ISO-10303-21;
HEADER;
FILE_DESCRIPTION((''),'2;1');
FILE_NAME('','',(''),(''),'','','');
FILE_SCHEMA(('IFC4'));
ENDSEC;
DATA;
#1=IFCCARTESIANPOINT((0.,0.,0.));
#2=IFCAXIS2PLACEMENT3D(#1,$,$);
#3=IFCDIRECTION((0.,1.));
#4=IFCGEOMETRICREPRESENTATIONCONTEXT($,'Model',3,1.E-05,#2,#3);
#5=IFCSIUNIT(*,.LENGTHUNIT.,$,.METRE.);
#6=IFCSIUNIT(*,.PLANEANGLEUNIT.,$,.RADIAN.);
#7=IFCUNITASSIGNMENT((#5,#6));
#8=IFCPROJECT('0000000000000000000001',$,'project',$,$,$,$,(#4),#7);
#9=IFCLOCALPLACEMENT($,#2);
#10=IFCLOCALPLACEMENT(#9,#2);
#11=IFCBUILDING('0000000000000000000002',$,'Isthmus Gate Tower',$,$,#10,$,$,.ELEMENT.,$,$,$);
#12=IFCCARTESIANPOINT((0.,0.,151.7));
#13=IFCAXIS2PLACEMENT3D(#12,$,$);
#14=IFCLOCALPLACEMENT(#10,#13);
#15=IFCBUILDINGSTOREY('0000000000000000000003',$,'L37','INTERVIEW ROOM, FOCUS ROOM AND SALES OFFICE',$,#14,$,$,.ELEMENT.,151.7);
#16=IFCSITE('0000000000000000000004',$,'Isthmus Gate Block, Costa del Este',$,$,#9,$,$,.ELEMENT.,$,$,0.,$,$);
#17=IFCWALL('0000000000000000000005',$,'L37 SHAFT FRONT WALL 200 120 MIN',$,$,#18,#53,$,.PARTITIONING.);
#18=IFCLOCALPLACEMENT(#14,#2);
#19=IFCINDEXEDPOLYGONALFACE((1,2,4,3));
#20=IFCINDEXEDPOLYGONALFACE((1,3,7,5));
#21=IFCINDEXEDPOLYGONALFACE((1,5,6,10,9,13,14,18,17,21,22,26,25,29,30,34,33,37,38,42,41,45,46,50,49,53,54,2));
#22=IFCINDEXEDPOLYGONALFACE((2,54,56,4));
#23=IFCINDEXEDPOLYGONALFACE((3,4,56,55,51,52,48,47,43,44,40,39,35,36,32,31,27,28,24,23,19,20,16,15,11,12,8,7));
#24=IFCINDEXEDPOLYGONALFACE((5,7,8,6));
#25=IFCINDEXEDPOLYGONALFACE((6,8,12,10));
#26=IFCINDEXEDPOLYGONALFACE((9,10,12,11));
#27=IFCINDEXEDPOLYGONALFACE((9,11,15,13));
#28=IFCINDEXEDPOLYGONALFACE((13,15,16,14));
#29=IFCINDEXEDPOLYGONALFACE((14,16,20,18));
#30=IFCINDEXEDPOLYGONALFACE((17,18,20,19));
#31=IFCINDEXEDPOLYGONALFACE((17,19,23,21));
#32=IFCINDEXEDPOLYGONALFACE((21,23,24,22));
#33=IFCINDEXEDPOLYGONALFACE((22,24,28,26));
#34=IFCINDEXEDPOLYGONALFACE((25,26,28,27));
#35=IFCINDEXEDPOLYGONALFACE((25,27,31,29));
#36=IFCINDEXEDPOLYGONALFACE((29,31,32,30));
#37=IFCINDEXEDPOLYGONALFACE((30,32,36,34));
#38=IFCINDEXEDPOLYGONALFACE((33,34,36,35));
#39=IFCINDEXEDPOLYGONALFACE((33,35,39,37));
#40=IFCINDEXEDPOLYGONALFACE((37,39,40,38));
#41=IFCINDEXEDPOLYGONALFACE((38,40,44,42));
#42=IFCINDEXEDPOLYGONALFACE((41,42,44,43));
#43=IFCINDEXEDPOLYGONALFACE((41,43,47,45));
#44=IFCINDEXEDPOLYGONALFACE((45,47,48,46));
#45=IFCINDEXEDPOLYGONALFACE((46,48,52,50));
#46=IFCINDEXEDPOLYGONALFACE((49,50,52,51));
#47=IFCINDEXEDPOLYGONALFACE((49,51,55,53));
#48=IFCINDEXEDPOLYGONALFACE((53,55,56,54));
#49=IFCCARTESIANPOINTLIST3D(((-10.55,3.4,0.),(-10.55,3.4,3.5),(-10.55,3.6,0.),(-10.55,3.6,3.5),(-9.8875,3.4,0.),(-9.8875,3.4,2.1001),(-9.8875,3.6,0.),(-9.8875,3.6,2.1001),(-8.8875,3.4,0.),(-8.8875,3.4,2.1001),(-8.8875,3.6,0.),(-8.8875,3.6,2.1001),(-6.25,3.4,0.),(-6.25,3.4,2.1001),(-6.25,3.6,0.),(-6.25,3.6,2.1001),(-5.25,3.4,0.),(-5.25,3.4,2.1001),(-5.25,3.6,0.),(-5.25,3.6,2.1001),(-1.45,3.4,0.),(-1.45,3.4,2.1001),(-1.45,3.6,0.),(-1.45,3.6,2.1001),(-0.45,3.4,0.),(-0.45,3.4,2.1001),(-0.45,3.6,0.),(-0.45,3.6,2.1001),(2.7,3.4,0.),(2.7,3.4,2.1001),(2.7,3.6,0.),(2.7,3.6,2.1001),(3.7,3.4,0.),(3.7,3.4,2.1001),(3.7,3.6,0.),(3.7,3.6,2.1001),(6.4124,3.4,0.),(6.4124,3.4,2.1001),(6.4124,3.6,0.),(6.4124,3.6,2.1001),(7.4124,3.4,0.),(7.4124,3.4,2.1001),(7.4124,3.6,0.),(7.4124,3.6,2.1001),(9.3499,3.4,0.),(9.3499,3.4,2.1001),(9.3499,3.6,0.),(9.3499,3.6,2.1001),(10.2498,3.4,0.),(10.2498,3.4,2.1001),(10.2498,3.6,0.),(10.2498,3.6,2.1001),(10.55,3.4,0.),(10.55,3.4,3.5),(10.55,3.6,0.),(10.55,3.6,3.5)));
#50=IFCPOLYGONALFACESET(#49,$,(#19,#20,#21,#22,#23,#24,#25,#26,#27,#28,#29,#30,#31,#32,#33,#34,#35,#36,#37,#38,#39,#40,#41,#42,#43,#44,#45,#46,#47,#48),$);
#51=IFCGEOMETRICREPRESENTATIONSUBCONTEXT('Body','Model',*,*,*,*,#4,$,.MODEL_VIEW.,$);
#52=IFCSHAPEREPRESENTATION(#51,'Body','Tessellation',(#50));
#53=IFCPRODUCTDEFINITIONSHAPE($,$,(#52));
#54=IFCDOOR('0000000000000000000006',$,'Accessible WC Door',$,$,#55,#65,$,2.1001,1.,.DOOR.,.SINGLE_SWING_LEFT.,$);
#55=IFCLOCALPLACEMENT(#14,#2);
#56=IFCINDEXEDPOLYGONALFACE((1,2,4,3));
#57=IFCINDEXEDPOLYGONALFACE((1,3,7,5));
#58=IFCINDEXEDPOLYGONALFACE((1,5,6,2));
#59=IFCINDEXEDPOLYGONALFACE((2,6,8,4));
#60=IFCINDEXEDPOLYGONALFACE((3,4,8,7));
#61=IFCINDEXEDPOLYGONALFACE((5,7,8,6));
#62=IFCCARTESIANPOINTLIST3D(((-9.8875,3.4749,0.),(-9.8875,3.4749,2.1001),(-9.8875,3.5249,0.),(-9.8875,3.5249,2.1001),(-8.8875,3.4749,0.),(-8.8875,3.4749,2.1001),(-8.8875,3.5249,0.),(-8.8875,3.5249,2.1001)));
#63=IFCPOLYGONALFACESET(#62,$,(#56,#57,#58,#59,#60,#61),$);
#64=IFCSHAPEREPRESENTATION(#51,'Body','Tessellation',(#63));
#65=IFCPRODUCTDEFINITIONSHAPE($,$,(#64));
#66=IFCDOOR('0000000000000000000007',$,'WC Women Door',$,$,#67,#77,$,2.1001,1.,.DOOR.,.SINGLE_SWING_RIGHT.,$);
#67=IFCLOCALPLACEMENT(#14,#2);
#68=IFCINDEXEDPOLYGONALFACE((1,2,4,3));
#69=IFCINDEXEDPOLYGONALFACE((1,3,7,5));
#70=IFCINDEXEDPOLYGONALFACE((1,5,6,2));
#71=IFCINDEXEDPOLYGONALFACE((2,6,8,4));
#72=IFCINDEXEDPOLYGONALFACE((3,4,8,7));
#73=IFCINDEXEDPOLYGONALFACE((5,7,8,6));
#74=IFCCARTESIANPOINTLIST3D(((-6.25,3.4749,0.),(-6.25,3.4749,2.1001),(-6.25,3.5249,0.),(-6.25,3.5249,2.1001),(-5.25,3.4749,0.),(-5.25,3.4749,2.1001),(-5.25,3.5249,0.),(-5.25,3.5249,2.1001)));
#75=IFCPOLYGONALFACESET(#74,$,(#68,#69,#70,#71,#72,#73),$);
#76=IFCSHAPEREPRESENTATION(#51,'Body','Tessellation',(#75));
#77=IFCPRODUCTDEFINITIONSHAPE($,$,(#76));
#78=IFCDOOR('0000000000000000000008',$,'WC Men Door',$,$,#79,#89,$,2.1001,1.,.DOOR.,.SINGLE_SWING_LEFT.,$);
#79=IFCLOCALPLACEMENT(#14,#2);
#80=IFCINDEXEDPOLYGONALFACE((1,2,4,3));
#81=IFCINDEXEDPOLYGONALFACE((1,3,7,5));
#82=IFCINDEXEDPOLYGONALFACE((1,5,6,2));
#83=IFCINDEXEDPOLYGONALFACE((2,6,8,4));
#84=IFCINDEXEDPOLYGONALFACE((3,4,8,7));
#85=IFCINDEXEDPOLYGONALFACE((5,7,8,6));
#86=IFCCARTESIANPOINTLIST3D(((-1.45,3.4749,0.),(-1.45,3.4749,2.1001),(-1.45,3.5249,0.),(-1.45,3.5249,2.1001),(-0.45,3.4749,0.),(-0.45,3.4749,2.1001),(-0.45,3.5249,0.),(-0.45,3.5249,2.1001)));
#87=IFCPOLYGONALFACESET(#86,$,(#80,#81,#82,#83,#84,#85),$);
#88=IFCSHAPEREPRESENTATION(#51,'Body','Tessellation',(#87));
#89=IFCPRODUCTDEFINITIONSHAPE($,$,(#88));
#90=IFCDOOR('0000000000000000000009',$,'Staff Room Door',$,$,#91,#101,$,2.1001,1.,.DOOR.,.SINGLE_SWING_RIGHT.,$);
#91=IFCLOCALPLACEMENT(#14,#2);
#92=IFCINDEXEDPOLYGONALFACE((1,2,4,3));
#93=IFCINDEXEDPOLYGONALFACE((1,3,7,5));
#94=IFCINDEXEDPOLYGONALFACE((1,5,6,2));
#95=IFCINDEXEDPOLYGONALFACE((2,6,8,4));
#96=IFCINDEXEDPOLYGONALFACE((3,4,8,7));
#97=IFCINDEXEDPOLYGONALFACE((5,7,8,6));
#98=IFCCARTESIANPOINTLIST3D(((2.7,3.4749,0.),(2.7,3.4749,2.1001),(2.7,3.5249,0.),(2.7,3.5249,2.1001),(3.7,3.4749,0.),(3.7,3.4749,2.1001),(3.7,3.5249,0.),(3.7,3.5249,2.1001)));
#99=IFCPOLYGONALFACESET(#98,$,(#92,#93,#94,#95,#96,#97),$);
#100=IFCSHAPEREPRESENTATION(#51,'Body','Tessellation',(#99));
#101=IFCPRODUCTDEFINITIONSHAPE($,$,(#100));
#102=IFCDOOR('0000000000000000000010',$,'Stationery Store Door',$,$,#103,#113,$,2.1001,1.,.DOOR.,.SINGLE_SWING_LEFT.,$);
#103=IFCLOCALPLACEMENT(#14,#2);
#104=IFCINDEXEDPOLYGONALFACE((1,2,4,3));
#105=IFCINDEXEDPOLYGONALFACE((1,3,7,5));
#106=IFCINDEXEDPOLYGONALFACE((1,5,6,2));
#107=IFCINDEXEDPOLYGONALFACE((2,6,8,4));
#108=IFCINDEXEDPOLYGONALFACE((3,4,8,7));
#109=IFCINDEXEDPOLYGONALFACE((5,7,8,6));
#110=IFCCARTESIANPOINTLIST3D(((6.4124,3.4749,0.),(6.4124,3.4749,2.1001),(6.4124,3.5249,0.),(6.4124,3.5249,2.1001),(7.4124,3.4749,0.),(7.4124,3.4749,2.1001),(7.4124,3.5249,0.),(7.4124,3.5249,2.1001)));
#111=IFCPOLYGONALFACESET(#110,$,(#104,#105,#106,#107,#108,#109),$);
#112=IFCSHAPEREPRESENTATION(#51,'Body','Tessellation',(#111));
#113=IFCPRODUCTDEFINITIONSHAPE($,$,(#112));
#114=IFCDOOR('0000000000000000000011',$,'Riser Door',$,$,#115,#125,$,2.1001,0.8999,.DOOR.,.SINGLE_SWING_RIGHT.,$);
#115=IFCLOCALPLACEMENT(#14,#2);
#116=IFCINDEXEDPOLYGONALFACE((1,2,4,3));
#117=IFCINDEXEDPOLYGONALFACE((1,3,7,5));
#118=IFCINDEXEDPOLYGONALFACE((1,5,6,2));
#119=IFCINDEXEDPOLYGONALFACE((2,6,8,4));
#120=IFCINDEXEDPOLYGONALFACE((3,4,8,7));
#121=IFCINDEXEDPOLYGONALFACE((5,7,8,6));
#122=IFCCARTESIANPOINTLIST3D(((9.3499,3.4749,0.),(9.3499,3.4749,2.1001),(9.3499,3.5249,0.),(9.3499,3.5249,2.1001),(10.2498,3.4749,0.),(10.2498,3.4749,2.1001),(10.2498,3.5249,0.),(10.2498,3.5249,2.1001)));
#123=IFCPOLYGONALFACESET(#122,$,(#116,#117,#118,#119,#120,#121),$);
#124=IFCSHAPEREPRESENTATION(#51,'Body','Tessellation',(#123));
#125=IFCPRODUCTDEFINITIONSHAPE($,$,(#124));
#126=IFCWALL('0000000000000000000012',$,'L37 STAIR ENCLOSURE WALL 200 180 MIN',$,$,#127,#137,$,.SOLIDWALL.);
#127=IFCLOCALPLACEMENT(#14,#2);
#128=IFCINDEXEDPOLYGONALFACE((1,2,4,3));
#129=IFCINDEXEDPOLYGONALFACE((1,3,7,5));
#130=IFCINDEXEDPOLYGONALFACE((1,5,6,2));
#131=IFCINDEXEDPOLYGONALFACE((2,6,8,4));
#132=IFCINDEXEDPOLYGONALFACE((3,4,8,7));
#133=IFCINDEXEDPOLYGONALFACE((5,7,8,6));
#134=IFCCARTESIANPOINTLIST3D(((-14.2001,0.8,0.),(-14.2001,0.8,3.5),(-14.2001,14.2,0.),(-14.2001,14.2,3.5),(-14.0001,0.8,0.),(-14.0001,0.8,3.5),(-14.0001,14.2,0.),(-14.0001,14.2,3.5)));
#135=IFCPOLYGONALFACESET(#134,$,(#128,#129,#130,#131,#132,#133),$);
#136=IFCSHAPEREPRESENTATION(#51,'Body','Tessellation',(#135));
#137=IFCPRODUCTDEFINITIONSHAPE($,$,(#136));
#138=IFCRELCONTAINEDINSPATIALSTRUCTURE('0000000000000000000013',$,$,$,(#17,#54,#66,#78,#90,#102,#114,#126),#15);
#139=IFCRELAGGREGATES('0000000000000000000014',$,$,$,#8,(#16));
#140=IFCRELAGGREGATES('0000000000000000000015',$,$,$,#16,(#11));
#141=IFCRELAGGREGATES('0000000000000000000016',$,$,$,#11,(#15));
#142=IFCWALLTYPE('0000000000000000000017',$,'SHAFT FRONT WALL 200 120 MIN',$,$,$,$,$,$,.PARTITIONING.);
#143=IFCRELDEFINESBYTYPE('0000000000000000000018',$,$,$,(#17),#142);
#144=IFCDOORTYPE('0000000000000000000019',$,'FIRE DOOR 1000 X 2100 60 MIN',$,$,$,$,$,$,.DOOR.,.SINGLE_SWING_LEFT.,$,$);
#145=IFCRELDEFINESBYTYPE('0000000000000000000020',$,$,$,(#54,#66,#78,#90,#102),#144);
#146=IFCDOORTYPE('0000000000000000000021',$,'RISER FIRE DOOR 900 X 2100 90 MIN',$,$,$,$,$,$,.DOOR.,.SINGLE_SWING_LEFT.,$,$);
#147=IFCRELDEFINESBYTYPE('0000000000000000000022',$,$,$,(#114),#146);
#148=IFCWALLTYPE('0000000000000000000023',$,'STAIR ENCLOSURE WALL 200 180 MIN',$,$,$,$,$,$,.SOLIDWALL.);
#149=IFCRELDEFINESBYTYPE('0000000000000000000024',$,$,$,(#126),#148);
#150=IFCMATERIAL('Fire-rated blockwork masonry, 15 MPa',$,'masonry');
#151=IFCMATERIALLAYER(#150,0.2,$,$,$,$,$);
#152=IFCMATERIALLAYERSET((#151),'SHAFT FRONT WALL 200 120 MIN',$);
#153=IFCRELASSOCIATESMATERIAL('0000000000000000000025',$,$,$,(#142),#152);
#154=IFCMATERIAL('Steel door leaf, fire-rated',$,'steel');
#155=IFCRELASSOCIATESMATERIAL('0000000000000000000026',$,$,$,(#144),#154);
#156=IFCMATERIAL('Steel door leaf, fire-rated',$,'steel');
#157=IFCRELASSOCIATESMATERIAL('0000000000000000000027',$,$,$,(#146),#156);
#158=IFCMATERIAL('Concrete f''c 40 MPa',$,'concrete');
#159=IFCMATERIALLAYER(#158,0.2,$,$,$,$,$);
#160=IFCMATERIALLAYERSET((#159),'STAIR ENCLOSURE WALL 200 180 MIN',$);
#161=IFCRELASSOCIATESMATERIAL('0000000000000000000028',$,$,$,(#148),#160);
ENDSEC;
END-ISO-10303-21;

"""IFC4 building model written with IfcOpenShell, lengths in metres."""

from ifc_helpers import new_model, si_unit, direction, frame, frame_2d, origin, place, context, subcontext, project, spatial, rectangle, extrude, material, layer, layer_set, type_object, element, fill, save


model = new_model("IFC4")

# Units and contexts
model_context = context("Model", 3, precision=1e-05, world=origin(), true_north=direction((0.0, 1.0)))
body_context = subcontext(model_context, "Body", "Model", "MODEL_VIEW")
ifc_project = project(units=[si_unit("LENGTHUNIT", "METRE"), si_unit("PLANEANGLEUNIT", "RADIAN")], contexts=[model_context])

# Site, building, storey
site_placement = place(None, origin())
site = spatial("IfcSite", under=ifc_project, at=site_placement, Name="Isthmus Gate Block, Costa del Este", CompositionType="ELEMENT", RefElevation=0.0)
building_placement = place(site_placement, origin())
building = spatial("IfcBuilding", under=site, at=building_placement, Name="Isthmus Gate Tower", CompositionType="ELEMENT")
storey_placement = place(building_placement, frame((0.0, 0.0, 151.7)))
storey = spatial("IfcBuildingStorey", under=building, at=storey_placement, Name="L37", Description="INTERVIEW ROOM, FOCUS ROOM AND SALES OFFICE", CompositionType="ELEMENT", Elevation=151.7)

# Wall, openings, doors
ifc_material_1 = material(Name="Fire-rated blockwork masonry, 15 MPa", Category="masonry")
ifc_layer_1 = layer(ifc_material_1, 0.2)
ifc_layer_set_1 = layer_set([ifc_layer_1], Name="SHAFT FRONT WALL 200 120 MIN")
wall_type_1 = type_object("IfcWallType", Name="SHAFT FRONT WALL 200 120 MIN", PredefinedType="PARTITIONING", material=ifc_layer_set_1)
wall_1_placement = place(storey_placement, frame((-10.55, 3.5, 0.0), z_axis=(0.0, 0.0, 1.0), x_axis=(1.0, 0.0, 0.0)))
wall_1 = element("IfcWall", 1, at=wall_1_placement, inside=storey, type_object=wall_type_1, Name="L37 SHAFT FRONT WALL 200 120 MIN", PredefinedType="PARTITIONING", context=body_context, shape_type="SweptSolid", body=[
    extrude(rectangle(XDim=21.1001, YDim=0.2, at=frame_2d((10.55, 0.0))), origin(), (0.0, 0.0, 1.0), 3.5),
])
opening_1_placement = place(wall_1_placement, frame((0.6626, 0.0, 0.0)))
opening_1 = element("IfcOpeningElement", 2, at=opening_1_placement, cuts=wall_1, PredefinedType="OPENING", context=body_context, shape_type="SweptSolid", body=[
    extrude(rectangle(XDim=1.0, YDim=2.1001, at=frame_2d((0.5, 1.05))), frame((0.0, 0.1099, 0.0), z_axis=(0.0, -1.0, 0.0), x_axis=(1.0, 0.0, 0.0)), (0.0, 0.0, 1.0), 0.22),
])
opening_2_placement = place(wall_1_placement, frame((4.3, 0.0, 0.0)))
opening_2 = element("IfcOpeningElement", 3, at=opening_2_placement, cuts=wall_1, PredefinedType="OPENING", context=body_context, shape_type="SweptSolid", body=[
    extrude(rectangle(XDim=1.0, YDim=2.1001, at=frame_2d((0.5, 1.05))), frame((0.0, 0.1099, 0.0), z_axis=(0.0, -1.0, 0.0), x_axis=(1.0, 0.0, 0.0)), (0.0, 0.0, 1.0), 0.22),
])
opening_3_placement = place(wall_1_placement, frame((9.1001, 0.0, 0.0)))
opening_3 = element("IfcOpeningElement", 4, at=opening_3_placement, cuts=wall_1, PredefinedType="OPENING", context=body_context, shape_type="SweptSolid", body=[
    extrude(rectangle(XDim=1.0, YDim=2.1001, at=frame_2d((0.5, 1.05))), frame((0.0, 0.1099, 0.0), z_axis=(0.0, -1.0, 0.0), x_axis=(1.0, 0.0, 0.0)), (0.0, 0.0, 1.0), 0.22),
])
opening_4_placement = place(wall_1_placement, frame((13.25, 0.0, 0.0)))
opening_4 = element("IfcOpeningElement", 5, at=opening_4_placement, cuts=wall_1, PredefinedType="OPENING", context=body_context, shape_type="SweptSolid", body=[
    extrude(rectangle(XDim=1.0, YDim=2.1001, at=frame_2d((0.5, 1.05))), frame((0.0, 0.1099, 0.0), z_axis=(0.0, -1.0, 0.0), x_axis=(1.0, 0.0, 0.0)), (0.0, 0.0, 1.0), 0.22),
])
opening_5_placement = place(wall_1_placement, frame((16.9624, 0.0, 0.0)))
opening_5 = element("IfcOpeningElement", 6, at=opening_5_placement, cuts=wall_1, PredefinedType="OPENING", context=body_context, shape_type="SweptSolid", body=[
    extrude(rectangle(XDim=1.0, YDim=2.1001, at=frame_2d((0.5, 1.05))), frame((0.0, 0.1099, 0.0), z_axis=(0.0, -1.0, 0.0), x_axis=(1.0, 0.0, 0.0)), (0.0, 0.0, 1.0), 0.22),
])
opening_6_placement = place(wall_1_placement, frame((19.8999, 0.0, 0.0)))
opening_6 = element("IfcOpeningElement", 7, at=opening_6_placement, cuts=wall_1, PredefinedType="OPENING", context=body_context, shape_type="SweptSolid", body=[
    extrude(rectangle(XDim=0.8999, YDim=2.1001, at=frame_2d((0.45, 1.05))), frame((0.0, 0.1099, 0.0), z_axis=(0.0, -1.0, 0.0), x_axis=(1.0, 0.0, 0.0)), (0.0, 0.0, 1.0), 0.22),
])
ifc_material_2 = material(Name="Steel door leaf, fire-rated", Category="steel")
door_type_1 = type_object("IfcDoorType", Name="FIRE DOOR 1000 X 2100 60 MIN", OperationType="SINGLE_SWING_LEFT", PredefinedType="DOOR", material=ifc_material_2)
door_1_placement = place(opening_1_placement, origin())
door_1 = element("IfcDoor", 8, at=door_1_placement, inside=storey, type_object=door_type_1, Name="Accessible WC Door", OperationType="SINGLE_SWING_LEFT", OverallHeight=2.1001, OverallWidth=1.0, PredefinedType="DOOR", context=body_context, shape_type="SweptSolid", body=[
    extrude(rectangle(XDim=1.0, YDim=2.1001, at=frame_2d((0.5, 1.05))), frame((0.0, 0.0249, 0.0), z_axis=(0.0, -1.0, 0.0), x_axis=(1.0, 0.0, 0.0)), (0.0, 0.0, 1.0), 0.05),
])
fill(opening_1, door_1)
door_2_placement = place(opening_2_placement, origin())
door_2 = element("IfcDoor", 9, at=door_2_placement, inside=storey, type_object=door_type_1, Name="WC Women Door", OperationType="SINGLE_SWING_RIGHT", OverallHeight=2.1001, OverallWidth=1.0, PredefinedType="DOOR", context=body_context, shape_type="SweptSolid", body=[
    extrude(rectangle(XDim=1.0, YDim=2.1001, at=frame_2d((0.5, 1.05))), frame((0.0, 0.0249, 0.0), z_axis=(0.0, -1.0, 0.0), x_axis=(1.0, 0.0, 0.0)), (0.0, 0.0, 1.0), 0.05),
])
fill(opening_2, door_2)
door_3_placement = place(opening_3_placement, origin())
door_3 = element("IfcDoor", 10, at=door_3_placement, inside=storey, type_object=door_type_1, Name="WC Men Door", OperationType="SINGLE_SWING_LEFT", OverallHeight=2.1001, OverallWidth=1.0, PredefinedType="DOOR", context=body_context, shape_type="SweptSolid", body=[
    extrude(rectangle(XDim=1.0, YDim=2.1001, at=frame_2d((0.5, 1.05))), frame((0.0, 0.0249, 0.0), z_axis=(0.0, -1.0, 0.0), x_axis=(1.0, 0.0, 0.0)), (0.0, 0.0, 1.0), 0.05),
])
fill(opening_3, door_3)
door_4_placement = place(opening_4_placement, origin())
door_4 = element("IfcDoor", 11, at=door_4_placement, inside=storey, type_object=door_type_1, Name="Staff Room Door", OperationType="SINGLE_SWING_RIGHT", OverallHeight=2.1001, OverallWidth=1.0, PredefinedType="DOOR", context=body_context, shape_type="SweptSolid", body=[
    extrude(rectangle(XDim=1.0, YDim=2.1001, at=frame_2d((0.5, 1.05))), frame((0.0, 0.0249, 0.0), z_axis=(0.0, -1.0, 0.0), x_axis=(1.0, 0.0, 0.0)), (0.0, 0.0, 1.0), 0.05),
])
fill(opening_4, door_4)
door_5_placement = place(opening_5_placement, origin())
door_5 = element("IfcDoor", 12, at=door_5_placement, inside=storey, type_object=door_type_1, Name="Stationery Store Door", OperationType="SINGLE_SWING_LEFT", OverallHeight=2.1001, OverallWidth=1.0, PredefinedType="DOOR", context=body_context, shape_type="SweptSolid", body=[
    extrude(rectangle(XDim=1.0, YDim=2.1001, at=frame_2d((0.5, 1.05))), frame((0.0, 0.0249, 0.0), z_axis=(0.0, -1.0, 0.0), x_axis=(1.0, 0.0, 0.0)), (0.0, 0.0, 1.0), 0.05),
])
fill(opening_5, door_5)
ifc_material_3 = material(Name="Steel door leaf, fire-rated", Category="steel")
door_type_2 = type_object("IfcDoorType", Name="RISER FIRE DOOR 900 X 2100 90 MIN", OperationType="SINGLE_SWING_LEFT", PredefinedType="DOOR", material=ifc_material_3)
door_6_placement = place(opening_6_placement, origin())
door_6 = element("IfcDoor", 13, at=door_6_placement, inside=storey, type_object=door_type_2, Name="Riser Door", OperationType="SINGLE_SWING_RIGHT", OverallHeight=2.1001, OverallWidth=0.8999, PredefinedType="DOOR", context=body_context, shape_type="SweptSolid", body=[
    extrude(rectangle(XDim=0.8999, YDim=2.1001, at=frame_2d((0.45, 1.05))), frame((0.0, 0.0249, 0.0), z_axis=(0.0, -1.0, 0.0), x_axis=(1.0, 0.0, 0.0)), (0.0, 0.0, 1.0), 0.05),
])
fill(opening_6, door_6)

# Wall
ifc_material_4 = material(Name="Concrete f'c 40 MPa", Category="concrete")
ifc_layer_2 = layer(ifc_material_4, 0.2)
ifc_layer_set_2 = layer_set([ifc_layer_2], Name="STAIR ENCLOSURE WALL 200 180 MIN")
wall_type_2 = type_object("IfcWallType", Name="STAIR ENCLOSURE WALL 200 180 MIN", PredefinedType="SOLIDWALL", material=ifc_layer_set_2)
wall_2_placement = place(storey_placement, frame((-14.1001, 0.8, 0.0), z_axis=(0.0, 0.0, 1.0), x_axis=(0.0, 1.0, 0.0)))
element("IfcWall", 14, at=wall_2_placement, inside=storey, type_object=wall_type_2, Name="L37 STAIR ENCLOSURE WALL 200 180 MIN", PredefinedType="SOLIDWALL", context=body_context, shape_type="SweptSolid", body=[
    extrude(rectangle(XDim=13.3999, YDim=0.2, at=frame_2d((6.7, 0.0))), origin(), (0.0, 0.0, 1.0), 3.5),
])

save(model, "model.ifc")
